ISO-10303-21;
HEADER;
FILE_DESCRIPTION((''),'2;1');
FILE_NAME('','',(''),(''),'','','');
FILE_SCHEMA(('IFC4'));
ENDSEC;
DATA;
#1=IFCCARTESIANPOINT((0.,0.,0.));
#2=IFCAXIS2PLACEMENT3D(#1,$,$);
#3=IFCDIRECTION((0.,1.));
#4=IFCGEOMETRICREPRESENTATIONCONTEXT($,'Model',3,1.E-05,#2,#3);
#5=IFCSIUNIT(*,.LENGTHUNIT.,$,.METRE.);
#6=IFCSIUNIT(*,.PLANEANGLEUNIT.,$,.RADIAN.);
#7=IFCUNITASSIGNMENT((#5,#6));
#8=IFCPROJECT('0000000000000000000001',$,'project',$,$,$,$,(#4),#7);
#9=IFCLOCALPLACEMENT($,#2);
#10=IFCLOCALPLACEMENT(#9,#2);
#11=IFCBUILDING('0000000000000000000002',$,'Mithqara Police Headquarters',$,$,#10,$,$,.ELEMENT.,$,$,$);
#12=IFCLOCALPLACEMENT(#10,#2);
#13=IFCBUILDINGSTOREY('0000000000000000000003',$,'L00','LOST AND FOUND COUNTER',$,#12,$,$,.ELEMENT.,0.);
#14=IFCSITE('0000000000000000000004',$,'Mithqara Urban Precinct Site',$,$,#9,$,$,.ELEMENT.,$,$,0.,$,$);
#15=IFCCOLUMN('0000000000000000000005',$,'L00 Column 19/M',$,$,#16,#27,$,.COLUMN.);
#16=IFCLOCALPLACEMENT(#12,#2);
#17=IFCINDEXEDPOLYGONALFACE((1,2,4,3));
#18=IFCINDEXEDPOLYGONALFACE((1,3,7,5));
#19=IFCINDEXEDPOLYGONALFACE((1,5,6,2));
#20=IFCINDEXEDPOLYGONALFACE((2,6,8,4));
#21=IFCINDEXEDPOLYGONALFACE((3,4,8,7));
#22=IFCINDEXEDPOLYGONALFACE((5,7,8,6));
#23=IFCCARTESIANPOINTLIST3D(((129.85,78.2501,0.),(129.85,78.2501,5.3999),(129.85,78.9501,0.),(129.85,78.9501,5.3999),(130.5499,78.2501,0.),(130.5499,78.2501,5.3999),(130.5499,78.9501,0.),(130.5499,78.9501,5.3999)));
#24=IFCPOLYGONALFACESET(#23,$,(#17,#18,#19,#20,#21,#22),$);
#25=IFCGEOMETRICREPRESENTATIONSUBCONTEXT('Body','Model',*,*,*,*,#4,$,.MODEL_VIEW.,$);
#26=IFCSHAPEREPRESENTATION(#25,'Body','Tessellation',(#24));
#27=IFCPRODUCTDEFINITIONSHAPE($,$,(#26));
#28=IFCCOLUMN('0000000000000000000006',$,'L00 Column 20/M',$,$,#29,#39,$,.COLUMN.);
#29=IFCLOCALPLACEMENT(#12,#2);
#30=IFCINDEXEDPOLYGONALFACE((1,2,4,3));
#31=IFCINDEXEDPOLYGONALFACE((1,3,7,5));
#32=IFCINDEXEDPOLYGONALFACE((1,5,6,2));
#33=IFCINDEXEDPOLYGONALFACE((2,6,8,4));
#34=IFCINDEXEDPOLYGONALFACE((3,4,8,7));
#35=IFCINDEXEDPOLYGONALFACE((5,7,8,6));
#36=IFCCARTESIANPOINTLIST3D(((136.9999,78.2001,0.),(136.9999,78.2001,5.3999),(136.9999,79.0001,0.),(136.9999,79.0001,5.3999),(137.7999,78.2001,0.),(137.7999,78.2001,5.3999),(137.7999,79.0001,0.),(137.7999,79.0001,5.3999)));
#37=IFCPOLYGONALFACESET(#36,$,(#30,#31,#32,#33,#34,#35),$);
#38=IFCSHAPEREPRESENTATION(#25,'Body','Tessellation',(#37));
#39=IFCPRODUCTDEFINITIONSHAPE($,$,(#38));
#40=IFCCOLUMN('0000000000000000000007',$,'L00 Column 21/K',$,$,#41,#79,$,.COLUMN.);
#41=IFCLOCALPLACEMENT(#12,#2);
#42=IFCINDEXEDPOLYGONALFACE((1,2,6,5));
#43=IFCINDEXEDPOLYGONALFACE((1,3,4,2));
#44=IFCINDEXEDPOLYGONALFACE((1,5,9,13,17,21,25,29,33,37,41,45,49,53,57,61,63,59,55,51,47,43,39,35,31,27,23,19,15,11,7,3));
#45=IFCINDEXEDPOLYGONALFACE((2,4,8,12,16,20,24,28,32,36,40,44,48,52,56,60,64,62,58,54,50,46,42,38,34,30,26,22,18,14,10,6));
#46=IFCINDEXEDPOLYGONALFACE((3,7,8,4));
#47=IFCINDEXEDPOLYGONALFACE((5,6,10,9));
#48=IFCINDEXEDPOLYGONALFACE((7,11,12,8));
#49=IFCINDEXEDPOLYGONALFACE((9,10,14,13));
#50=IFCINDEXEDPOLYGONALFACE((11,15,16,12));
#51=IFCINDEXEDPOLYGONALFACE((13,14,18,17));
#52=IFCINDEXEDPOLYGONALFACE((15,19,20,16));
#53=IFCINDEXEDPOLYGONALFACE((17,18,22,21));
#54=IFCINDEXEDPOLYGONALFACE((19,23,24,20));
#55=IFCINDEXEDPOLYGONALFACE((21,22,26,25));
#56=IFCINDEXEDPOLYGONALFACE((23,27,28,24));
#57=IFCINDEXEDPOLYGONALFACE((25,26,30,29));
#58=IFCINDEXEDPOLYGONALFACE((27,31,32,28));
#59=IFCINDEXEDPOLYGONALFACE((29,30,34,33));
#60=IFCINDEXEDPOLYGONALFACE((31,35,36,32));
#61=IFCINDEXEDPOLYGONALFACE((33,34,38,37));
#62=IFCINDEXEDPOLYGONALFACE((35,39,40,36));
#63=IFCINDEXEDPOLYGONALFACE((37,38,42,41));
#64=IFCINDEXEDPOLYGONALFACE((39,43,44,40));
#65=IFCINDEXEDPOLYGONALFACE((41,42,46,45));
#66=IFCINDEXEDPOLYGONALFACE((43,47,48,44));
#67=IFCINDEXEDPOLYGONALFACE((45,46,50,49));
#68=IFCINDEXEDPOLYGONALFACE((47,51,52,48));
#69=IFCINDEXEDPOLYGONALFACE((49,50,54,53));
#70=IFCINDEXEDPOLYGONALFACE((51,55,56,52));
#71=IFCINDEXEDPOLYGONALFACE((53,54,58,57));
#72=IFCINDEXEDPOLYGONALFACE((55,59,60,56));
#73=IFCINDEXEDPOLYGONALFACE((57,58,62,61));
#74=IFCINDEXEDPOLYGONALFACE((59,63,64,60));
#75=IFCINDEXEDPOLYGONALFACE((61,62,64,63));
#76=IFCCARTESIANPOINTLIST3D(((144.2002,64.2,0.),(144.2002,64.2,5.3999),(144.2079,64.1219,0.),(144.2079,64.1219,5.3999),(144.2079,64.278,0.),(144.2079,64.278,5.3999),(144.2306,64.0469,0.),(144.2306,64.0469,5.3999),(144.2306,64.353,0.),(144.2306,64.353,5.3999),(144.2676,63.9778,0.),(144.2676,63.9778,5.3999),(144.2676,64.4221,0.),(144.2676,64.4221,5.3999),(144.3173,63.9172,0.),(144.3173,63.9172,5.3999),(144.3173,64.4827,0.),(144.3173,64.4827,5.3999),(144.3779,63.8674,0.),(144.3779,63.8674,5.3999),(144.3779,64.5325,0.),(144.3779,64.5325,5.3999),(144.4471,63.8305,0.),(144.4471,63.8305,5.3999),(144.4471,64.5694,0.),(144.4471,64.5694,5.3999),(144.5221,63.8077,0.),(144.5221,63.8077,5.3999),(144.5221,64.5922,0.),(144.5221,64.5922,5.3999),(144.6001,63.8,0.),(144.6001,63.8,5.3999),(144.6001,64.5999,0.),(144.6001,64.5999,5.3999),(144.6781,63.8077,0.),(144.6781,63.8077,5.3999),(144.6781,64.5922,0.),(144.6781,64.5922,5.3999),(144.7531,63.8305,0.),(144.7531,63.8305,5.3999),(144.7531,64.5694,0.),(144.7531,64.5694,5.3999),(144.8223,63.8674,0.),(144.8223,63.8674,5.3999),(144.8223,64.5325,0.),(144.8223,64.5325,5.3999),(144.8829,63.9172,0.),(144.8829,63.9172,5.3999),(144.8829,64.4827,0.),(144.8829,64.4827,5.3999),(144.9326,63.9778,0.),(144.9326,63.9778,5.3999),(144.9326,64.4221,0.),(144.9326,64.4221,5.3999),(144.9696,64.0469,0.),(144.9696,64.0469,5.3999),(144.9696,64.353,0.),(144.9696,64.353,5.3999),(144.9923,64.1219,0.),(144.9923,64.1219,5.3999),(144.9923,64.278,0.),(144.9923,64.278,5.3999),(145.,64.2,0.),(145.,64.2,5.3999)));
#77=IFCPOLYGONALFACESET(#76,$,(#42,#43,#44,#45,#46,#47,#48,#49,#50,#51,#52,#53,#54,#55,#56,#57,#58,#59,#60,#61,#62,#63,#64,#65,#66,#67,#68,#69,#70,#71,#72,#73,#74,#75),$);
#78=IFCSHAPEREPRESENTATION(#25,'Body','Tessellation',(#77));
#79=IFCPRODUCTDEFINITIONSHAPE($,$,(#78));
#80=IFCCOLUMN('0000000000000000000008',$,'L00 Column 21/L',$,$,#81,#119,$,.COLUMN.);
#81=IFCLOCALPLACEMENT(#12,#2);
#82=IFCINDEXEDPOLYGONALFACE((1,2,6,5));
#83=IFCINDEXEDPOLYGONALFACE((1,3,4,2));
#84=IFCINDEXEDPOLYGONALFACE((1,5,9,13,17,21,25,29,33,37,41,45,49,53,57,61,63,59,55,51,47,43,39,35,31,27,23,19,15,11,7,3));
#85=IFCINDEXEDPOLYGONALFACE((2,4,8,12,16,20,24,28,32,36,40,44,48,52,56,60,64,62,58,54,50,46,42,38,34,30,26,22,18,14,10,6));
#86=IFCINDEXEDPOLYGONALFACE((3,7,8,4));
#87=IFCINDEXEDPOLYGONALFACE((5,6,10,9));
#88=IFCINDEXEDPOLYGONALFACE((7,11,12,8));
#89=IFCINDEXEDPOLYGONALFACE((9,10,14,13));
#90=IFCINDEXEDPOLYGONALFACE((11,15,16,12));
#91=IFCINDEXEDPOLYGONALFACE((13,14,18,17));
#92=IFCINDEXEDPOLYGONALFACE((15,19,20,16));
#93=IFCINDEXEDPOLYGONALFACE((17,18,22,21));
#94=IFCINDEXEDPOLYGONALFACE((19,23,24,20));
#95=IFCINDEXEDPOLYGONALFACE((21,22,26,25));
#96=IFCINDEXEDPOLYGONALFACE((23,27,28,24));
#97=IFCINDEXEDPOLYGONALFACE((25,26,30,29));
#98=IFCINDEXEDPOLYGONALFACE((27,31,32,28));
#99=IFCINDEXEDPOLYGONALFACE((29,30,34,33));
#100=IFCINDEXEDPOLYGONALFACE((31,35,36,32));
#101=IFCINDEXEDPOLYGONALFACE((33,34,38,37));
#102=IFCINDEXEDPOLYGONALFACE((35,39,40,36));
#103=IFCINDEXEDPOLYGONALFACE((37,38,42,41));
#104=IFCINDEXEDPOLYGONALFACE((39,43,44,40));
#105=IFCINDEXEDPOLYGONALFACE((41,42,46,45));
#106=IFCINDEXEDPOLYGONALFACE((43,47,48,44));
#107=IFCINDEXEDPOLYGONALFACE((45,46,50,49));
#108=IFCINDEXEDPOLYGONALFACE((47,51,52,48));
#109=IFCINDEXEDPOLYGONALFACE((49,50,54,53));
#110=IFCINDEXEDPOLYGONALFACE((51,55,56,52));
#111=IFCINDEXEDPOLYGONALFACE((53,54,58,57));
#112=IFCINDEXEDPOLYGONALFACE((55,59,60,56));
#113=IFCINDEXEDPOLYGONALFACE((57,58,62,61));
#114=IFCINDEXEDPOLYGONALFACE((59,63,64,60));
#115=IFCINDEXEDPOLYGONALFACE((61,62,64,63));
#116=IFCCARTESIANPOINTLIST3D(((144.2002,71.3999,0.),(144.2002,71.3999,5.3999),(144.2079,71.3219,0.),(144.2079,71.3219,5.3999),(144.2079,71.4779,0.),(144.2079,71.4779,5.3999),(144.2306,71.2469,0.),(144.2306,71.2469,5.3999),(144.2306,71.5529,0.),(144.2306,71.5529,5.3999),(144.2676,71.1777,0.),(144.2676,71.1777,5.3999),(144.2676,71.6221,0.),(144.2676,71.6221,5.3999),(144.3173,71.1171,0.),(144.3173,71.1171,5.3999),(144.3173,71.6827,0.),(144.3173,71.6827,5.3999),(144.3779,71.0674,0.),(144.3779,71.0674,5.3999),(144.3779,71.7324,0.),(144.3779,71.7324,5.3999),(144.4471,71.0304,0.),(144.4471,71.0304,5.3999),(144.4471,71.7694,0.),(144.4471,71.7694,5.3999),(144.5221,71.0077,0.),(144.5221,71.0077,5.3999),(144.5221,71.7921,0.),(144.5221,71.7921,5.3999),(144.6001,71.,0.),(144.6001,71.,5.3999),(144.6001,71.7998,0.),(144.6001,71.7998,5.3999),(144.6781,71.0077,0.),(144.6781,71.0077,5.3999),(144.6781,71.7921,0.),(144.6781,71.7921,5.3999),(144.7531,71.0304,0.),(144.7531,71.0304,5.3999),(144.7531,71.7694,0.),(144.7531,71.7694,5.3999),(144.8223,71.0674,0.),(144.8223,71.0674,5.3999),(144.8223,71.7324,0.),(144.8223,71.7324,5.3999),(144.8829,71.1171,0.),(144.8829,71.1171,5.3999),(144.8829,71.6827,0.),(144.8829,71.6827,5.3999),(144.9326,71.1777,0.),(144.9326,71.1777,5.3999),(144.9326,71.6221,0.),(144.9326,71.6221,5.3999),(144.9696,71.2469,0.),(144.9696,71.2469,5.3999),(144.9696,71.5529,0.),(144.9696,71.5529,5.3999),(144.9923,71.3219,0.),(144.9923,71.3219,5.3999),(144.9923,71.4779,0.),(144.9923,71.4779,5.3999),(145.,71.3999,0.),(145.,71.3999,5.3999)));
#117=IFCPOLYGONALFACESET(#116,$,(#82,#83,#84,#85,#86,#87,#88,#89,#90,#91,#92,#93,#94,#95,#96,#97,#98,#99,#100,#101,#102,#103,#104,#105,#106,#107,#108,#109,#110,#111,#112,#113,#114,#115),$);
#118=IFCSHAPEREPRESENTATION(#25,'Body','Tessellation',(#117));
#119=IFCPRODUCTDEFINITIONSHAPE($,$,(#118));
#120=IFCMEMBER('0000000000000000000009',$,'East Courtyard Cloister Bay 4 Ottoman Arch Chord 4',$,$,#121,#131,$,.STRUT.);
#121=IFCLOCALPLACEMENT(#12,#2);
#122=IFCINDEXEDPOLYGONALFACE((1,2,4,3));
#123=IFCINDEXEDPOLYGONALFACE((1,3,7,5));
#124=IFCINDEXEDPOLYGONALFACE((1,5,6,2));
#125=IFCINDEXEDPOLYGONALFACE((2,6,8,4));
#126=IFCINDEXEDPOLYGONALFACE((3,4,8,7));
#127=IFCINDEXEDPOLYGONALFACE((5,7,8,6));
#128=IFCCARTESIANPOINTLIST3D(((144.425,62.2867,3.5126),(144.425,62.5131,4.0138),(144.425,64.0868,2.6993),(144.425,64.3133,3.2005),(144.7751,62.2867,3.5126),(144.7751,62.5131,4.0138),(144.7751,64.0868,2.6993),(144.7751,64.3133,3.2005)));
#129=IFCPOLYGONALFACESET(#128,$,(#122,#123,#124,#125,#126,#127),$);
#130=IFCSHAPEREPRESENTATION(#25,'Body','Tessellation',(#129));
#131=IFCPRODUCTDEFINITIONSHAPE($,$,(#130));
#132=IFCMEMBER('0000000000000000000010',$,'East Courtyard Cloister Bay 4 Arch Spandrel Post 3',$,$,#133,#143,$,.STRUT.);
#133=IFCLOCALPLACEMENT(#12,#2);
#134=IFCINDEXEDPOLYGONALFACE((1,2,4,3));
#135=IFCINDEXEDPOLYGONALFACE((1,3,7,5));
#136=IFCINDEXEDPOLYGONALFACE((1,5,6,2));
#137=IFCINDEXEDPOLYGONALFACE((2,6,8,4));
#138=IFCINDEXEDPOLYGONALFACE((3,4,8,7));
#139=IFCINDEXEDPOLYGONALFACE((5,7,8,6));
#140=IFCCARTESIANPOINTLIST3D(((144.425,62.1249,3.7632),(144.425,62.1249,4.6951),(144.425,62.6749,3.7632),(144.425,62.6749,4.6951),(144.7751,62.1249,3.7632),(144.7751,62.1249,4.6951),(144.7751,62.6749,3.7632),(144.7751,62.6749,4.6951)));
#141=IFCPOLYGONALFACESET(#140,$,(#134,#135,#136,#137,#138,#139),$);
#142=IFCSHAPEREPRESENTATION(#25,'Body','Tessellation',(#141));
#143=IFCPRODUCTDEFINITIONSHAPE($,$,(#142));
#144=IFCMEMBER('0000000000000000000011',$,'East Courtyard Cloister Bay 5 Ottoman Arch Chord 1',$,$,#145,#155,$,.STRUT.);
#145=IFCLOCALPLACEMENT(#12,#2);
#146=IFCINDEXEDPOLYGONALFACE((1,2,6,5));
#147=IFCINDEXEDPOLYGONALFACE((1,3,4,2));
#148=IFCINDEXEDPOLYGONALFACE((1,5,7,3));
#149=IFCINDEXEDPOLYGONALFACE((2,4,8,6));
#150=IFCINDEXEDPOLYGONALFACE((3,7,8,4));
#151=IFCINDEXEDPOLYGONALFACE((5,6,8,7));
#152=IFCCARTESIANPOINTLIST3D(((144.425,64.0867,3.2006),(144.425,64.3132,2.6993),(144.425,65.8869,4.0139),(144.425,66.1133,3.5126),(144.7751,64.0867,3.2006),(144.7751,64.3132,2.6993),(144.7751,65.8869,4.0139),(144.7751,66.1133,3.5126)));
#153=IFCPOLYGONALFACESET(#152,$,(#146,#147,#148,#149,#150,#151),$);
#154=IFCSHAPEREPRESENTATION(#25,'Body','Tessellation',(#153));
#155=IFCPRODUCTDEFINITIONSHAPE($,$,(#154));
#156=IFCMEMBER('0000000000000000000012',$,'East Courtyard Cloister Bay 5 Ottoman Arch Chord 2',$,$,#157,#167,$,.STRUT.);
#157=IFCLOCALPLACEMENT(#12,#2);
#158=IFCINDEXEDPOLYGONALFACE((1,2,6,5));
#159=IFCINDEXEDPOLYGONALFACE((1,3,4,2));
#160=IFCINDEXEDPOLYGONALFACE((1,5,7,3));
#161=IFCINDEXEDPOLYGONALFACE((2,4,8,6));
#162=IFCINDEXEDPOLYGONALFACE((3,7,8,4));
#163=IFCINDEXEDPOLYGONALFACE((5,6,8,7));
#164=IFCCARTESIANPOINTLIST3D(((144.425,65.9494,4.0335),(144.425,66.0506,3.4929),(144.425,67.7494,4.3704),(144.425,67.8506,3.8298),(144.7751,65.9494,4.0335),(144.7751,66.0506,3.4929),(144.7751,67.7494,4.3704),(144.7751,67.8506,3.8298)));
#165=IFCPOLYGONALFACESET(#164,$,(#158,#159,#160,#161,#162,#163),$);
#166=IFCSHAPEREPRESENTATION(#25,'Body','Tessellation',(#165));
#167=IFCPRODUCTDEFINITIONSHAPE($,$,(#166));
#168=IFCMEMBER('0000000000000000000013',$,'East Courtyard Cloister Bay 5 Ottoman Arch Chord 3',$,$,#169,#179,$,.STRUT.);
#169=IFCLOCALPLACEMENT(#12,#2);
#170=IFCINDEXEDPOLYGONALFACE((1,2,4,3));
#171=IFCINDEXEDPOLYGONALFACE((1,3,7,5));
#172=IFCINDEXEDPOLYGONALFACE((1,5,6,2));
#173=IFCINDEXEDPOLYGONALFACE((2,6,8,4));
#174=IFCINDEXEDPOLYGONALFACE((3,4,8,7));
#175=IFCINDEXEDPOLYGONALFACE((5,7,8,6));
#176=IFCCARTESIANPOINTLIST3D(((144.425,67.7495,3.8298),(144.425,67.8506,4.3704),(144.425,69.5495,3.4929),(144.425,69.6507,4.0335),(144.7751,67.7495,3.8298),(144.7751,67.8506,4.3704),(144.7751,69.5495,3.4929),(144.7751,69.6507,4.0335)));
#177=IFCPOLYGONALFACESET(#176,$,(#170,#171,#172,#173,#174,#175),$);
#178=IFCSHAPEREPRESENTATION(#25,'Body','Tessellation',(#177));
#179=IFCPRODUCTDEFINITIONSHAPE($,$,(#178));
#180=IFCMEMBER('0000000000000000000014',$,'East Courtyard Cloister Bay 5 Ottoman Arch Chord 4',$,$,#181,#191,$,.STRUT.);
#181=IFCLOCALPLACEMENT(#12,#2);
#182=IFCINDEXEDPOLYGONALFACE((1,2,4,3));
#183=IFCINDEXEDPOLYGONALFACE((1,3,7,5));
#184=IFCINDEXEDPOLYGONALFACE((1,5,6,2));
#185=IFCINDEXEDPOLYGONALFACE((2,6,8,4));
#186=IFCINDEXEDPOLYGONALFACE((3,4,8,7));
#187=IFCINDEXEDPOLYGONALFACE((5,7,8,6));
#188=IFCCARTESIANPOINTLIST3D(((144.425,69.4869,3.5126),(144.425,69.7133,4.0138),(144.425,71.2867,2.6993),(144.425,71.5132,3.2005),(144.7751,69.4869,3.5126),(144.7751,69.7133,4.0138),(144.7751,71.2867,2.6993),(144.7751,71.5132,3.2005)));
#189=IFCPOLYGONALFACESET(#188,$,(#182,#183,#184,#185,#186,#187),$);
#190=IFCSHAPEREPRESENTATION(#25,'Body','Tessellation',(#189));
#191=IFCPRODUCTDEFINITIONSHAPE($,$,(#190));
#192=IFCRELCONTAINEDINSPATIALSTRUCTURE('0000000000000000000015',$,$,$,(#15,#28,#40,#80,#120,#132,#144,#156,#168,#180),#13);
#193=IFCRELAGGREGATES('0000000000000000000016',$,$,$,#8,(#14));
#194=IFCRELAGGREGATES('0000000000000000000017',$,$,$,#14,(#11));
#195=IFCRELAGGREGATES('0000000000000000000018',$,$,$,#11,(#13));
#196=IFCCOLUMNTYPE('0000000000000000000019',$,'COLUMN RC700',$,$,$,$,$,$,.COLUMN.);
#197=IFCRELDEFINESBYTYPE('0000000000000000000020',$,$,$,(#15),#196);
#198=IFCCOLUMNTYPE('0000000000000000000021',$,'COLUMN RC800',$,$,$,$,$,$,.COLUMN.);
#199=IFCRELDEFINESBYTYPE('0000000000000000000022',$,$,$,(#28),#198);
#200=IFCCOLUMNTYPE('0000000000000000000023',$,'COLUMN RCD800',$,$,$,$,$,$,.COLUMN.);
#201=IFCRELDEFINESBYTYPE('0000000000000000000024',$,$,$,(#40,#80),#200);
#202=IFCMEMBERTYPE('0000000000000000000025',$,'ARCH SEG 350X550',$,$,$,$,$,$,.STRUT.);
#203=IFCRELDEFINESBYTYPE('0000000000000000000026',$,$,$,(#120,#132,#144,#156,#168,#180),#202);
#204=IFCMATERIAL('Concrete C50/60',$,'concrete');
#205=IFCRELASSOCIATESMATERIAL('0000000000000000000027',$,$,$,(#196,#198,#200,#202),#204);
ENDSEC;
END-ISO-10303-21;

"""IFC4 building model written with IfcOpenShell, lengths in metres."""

from ifc_helpers import new_model, si_unit, direction, frame, origin, origin_2d, place, context, subcontext, project, spatial, rectangle, circle, extrude, material, material_profile, profile_set, type_object, element, save


model = new_model("IFC4")

# Units and contexts
model_context = context("Model", 3, precision=1e-05, world=origin(), true_north=direction((0.0, 1.0)))
body_context = subcontext(model_context, "Body", "Model", "MODEL_VIEW")
ifc_project = project(units=[si_unit("LENGTHUNIT", "METRE"), si_unit("PLANEANGLEUNIT", "RADIAN")], contexts=[model_context])

# Site, building, storey
site_placement = place(None, origin())
site = spatial("IfcSite", under=ifc_project, at=site_placement, Name="Mithqara Urban Precinct Site", CompositionType="ELEMENT", RefElevation=0.0)
building_placement = place(site_placement, origin())
building = spatial("IfcBuilding", under=site, at=building_placement, Name="Mithqara Police Headquarters", CompositionType="ELEMENT")
storey_placement = place(building_placement, origin())
storey = spatial("IfcBuildingStorey", under=building, at=storey_placement, Name="L00", Description="LOST AND FOUND COUNTER", CompositionType="ELEMENT", Elevation=0.0)

# Columns
ifc_material_1 = material(Name="Concrete C50/60", Category="concrete")
ifc_material_profile_1 = material_profile(ifc_material_1, rectangle(XDim=0.7, YDim=0.7, at=origin_2d()), Name="RC 700x700")
ifc_profile_set_1 = profile_set([ifc_material_profile_1], Name="Concrete C50/60")
column_type_1 = type_object("IfcColumnType", Name="COLUMN RC700", PredefinedType="COLUMN", material=ifc_profile_set_1)
column_1_placement = place(storey_placement, frame((130.2, 78.6001, 0.0), z_axis=(0.0, 0.0, 1.0), x_axis=(1.0, 0.0, 0.0)))
element("IfcColumn", 1, at=column_1_placement, inside=storey, type_object=column_type_1, Name="L00 Column 19/M", PredefinedType="COLUMN", context=body_context, shape_type="SweptSolid", body=[
    extrude(rectangle(XDim=0.7, YDim=0.7, at=origin_2d()), origin(), (0.0, 0.0, 1.0), 5.3999),
])
ifc_material_profile_2 = material_profile(ifc_material_1, rectangle(XDim=0.8, YDim=0.8, at=origin_2d()), Name="RC 800x800")
ifc_profile_set_2 = profile_set([ifc_material_profile_2], Name="Concrete C50/60")
column_type_2 = type_object("IfcColumnType", Name="COLUMN RC800", PredefinedType="COLUMN", material=ifc_profile_set_2)
column_2_placement = place(storey_placement, frame((137.3999, 78.6001, 0.0), z_axis=(0.0, 0.0, 1.0), x_axis=(1.0, 0.0, 0.0)))
element("IfcColumn", 2, at=column_2_placement, inside=storey, type_object=column_type_2, Name="L00 Column 20/M", PredefinedType="COLUMN", context=body_context, shape_type="SweptSolid", body=[
    extrude(rectangle(XDim=0.8, YDim=0.8, at=origin_2d()), origin(), (0.0, 0.0, 1.0), 5.3999),
])
ifc_material_profile_3 = material_profile(ifc_material_1, circle(Radius=0.3999, at=origin_2d()), Name="RCD 800")
ifc_profile_set_3 = profile_set([ifc_material_profile_3], Name="Concrete C50/60")
column_type_3 = type_object("IfcColumnType", Name="COLUMN RCD800", PredefinedType="COLUMN", material=ifc_profile_set_3)
for number, where, z_axis, x_axis, name in (
    (3, (144.6001, 64.2, 0.0), (0.0, 0.0, 1.0), (1.0, 0.0, 0.0), "L00 Column 21/K"),
    (4, (144.6001, 71.3999, 0.0), (0.0, 0.0, 1.0), (1.0, 0.0, 0.0), "L00 Column 21/L"),
):
    element("IfcColumn", number, at=place(storey_placement, frame(where, z_axis=z_axis, x_axis=x_axis)), inside=storey, type_object=column_type_3, Name=name, PredefinedType="COLUMN", context=body_context, shape_type="SweptSolid", body=[
        extrude(circle(Radius=0.3999, at=origin_2d()), origin(), (0.0, 0.0, 1.0), 5.3999),
    ])

# Members
ifc_material_profile_4 = material_profile(ifc_material_1, rectangle(XDim=0.3501, YDim=0.55, at=origin_2d()), Name="ARC 350x550")
ifc_profile_set_4 = profile_set([ifc_material_profile_4], Name="Concrete C50/60")
member_type = type_object("IfcMemberType", Name="ARCH SEG 350X550", PredefinedType="STRUT", material=ifc_profile_set_4)
member_1_placement = place(storey_placement, frame((144.6001, 62.3999, 3.7632), z_axis=(0.0, 0.911312, -0.411716), x_axis=(-1.0, 0.0, 0.0)))
element("IfcMember", 5, at=member_1_placement, inside=storey, type_object=member_type, Name="East Courtyard Cloister Bay 4 Ottoman Arch Chord 4", PredefinedType="STRUT", context=body_context, shape_type="SweptSolid", body=[
    extrude(rectangle(XDim=0.3501, YDim=0.55, at=origin_2d()), origin(), (0.0, 0.0, 1.0), 1.9753),
])
member_2_placement = place(storey_placement, frame((144.6001, 62.3999, 3.7632), z_axis=(0.0, 0.0, 1.0), x_axis=(1.0, 0.0, 0.0)))
element("IfcMember", 6, at=member_2_placement, inside=storey, type_object=member_type, Name="East Courtyard Cloister Bay 4 Arch Spandrel Post 3", PredefinedType="STRUT", context=body_context, shape_type="SweptSolid", body=[
    extrude(rectangle(XDim=0.3501, YDim=0.55, at=origin_2d()), origin(), (0.0, 0.0, 1.0), 0.9319),
])
member_3_placement = place(storey_placement, frame((144.6001, 64.2, 2.95), z_axis=(0.0, 0.911312, 0.411716), x_axis=(-1.0, 0.0, 0.0)))
element("IfcMember", 7, at=member_3_placement, inside=storey, type_object=member_type, Name="East Courtyard Cloister Bay 5 Ottoman Arch Chord 1", PredefinedType="STRUT", context=body_context, shape_type="SweptSolid", body=[
    extrude(rectangle(XDim=0.3501, YDim=0.55, at=origin_2d()), origin(), (0.0, 0.0, 1.0), 1.9753),
])
for number, where, z_axis, x_axis, name in (
    (8, (144.6001, 66.0, 3.7632), (0.0, 0.982931, 0.183975), (-1.0, 0.0, 0.0), "East Courtyard Cloister Bay 5 Ottoman Arch Chord 2"),
    (9, (144.6001, 67.8, 4.1001), (0.0, 0.982931, -0.183975), (-1.0, 0.0, 0.0), "East Courtyard Cloister Bay 5 Ottoman Arch Chord 3"),
):
    element("IfcMember", number, at=place(storey_placement, frame(where, z_axis=z_axis, x_axis=x_axis)), inside=storey, type_object=member_type, Name=name, PredefinedType="STRUT", context=body_context, shape_type="SweptSolid", body=[
        extrude(rectangle(XDim=0.3501, YDim=0.55, at=origin_2d()), origin(), (0.0, 0.0, 1.0), 1.8313),
    ])
member_4_placement = place(storey_placement, frame((144.6001, 69.6001, 3.7632), z_axis=(0.0, 0.911291, -0.411762), x_axis=(-1.0, 0.0, 0.0)))
element("IfcMember", 10, at=member_4_placement, inside=storey, type_object=member_type, Name="East Courtyard Cloister Bay 5 Ottoman Arch Chord 4", PredefinedType="STRUT", context=body_context, shape_type="SweptSolid", body=[
    extrude(rectangle(XDim=0.3501, YDim=0.55, at=origin_2d()), origin(), (0.0, 0.0, 1.0), 1.9751),
])

save(model, "model.ifc")
